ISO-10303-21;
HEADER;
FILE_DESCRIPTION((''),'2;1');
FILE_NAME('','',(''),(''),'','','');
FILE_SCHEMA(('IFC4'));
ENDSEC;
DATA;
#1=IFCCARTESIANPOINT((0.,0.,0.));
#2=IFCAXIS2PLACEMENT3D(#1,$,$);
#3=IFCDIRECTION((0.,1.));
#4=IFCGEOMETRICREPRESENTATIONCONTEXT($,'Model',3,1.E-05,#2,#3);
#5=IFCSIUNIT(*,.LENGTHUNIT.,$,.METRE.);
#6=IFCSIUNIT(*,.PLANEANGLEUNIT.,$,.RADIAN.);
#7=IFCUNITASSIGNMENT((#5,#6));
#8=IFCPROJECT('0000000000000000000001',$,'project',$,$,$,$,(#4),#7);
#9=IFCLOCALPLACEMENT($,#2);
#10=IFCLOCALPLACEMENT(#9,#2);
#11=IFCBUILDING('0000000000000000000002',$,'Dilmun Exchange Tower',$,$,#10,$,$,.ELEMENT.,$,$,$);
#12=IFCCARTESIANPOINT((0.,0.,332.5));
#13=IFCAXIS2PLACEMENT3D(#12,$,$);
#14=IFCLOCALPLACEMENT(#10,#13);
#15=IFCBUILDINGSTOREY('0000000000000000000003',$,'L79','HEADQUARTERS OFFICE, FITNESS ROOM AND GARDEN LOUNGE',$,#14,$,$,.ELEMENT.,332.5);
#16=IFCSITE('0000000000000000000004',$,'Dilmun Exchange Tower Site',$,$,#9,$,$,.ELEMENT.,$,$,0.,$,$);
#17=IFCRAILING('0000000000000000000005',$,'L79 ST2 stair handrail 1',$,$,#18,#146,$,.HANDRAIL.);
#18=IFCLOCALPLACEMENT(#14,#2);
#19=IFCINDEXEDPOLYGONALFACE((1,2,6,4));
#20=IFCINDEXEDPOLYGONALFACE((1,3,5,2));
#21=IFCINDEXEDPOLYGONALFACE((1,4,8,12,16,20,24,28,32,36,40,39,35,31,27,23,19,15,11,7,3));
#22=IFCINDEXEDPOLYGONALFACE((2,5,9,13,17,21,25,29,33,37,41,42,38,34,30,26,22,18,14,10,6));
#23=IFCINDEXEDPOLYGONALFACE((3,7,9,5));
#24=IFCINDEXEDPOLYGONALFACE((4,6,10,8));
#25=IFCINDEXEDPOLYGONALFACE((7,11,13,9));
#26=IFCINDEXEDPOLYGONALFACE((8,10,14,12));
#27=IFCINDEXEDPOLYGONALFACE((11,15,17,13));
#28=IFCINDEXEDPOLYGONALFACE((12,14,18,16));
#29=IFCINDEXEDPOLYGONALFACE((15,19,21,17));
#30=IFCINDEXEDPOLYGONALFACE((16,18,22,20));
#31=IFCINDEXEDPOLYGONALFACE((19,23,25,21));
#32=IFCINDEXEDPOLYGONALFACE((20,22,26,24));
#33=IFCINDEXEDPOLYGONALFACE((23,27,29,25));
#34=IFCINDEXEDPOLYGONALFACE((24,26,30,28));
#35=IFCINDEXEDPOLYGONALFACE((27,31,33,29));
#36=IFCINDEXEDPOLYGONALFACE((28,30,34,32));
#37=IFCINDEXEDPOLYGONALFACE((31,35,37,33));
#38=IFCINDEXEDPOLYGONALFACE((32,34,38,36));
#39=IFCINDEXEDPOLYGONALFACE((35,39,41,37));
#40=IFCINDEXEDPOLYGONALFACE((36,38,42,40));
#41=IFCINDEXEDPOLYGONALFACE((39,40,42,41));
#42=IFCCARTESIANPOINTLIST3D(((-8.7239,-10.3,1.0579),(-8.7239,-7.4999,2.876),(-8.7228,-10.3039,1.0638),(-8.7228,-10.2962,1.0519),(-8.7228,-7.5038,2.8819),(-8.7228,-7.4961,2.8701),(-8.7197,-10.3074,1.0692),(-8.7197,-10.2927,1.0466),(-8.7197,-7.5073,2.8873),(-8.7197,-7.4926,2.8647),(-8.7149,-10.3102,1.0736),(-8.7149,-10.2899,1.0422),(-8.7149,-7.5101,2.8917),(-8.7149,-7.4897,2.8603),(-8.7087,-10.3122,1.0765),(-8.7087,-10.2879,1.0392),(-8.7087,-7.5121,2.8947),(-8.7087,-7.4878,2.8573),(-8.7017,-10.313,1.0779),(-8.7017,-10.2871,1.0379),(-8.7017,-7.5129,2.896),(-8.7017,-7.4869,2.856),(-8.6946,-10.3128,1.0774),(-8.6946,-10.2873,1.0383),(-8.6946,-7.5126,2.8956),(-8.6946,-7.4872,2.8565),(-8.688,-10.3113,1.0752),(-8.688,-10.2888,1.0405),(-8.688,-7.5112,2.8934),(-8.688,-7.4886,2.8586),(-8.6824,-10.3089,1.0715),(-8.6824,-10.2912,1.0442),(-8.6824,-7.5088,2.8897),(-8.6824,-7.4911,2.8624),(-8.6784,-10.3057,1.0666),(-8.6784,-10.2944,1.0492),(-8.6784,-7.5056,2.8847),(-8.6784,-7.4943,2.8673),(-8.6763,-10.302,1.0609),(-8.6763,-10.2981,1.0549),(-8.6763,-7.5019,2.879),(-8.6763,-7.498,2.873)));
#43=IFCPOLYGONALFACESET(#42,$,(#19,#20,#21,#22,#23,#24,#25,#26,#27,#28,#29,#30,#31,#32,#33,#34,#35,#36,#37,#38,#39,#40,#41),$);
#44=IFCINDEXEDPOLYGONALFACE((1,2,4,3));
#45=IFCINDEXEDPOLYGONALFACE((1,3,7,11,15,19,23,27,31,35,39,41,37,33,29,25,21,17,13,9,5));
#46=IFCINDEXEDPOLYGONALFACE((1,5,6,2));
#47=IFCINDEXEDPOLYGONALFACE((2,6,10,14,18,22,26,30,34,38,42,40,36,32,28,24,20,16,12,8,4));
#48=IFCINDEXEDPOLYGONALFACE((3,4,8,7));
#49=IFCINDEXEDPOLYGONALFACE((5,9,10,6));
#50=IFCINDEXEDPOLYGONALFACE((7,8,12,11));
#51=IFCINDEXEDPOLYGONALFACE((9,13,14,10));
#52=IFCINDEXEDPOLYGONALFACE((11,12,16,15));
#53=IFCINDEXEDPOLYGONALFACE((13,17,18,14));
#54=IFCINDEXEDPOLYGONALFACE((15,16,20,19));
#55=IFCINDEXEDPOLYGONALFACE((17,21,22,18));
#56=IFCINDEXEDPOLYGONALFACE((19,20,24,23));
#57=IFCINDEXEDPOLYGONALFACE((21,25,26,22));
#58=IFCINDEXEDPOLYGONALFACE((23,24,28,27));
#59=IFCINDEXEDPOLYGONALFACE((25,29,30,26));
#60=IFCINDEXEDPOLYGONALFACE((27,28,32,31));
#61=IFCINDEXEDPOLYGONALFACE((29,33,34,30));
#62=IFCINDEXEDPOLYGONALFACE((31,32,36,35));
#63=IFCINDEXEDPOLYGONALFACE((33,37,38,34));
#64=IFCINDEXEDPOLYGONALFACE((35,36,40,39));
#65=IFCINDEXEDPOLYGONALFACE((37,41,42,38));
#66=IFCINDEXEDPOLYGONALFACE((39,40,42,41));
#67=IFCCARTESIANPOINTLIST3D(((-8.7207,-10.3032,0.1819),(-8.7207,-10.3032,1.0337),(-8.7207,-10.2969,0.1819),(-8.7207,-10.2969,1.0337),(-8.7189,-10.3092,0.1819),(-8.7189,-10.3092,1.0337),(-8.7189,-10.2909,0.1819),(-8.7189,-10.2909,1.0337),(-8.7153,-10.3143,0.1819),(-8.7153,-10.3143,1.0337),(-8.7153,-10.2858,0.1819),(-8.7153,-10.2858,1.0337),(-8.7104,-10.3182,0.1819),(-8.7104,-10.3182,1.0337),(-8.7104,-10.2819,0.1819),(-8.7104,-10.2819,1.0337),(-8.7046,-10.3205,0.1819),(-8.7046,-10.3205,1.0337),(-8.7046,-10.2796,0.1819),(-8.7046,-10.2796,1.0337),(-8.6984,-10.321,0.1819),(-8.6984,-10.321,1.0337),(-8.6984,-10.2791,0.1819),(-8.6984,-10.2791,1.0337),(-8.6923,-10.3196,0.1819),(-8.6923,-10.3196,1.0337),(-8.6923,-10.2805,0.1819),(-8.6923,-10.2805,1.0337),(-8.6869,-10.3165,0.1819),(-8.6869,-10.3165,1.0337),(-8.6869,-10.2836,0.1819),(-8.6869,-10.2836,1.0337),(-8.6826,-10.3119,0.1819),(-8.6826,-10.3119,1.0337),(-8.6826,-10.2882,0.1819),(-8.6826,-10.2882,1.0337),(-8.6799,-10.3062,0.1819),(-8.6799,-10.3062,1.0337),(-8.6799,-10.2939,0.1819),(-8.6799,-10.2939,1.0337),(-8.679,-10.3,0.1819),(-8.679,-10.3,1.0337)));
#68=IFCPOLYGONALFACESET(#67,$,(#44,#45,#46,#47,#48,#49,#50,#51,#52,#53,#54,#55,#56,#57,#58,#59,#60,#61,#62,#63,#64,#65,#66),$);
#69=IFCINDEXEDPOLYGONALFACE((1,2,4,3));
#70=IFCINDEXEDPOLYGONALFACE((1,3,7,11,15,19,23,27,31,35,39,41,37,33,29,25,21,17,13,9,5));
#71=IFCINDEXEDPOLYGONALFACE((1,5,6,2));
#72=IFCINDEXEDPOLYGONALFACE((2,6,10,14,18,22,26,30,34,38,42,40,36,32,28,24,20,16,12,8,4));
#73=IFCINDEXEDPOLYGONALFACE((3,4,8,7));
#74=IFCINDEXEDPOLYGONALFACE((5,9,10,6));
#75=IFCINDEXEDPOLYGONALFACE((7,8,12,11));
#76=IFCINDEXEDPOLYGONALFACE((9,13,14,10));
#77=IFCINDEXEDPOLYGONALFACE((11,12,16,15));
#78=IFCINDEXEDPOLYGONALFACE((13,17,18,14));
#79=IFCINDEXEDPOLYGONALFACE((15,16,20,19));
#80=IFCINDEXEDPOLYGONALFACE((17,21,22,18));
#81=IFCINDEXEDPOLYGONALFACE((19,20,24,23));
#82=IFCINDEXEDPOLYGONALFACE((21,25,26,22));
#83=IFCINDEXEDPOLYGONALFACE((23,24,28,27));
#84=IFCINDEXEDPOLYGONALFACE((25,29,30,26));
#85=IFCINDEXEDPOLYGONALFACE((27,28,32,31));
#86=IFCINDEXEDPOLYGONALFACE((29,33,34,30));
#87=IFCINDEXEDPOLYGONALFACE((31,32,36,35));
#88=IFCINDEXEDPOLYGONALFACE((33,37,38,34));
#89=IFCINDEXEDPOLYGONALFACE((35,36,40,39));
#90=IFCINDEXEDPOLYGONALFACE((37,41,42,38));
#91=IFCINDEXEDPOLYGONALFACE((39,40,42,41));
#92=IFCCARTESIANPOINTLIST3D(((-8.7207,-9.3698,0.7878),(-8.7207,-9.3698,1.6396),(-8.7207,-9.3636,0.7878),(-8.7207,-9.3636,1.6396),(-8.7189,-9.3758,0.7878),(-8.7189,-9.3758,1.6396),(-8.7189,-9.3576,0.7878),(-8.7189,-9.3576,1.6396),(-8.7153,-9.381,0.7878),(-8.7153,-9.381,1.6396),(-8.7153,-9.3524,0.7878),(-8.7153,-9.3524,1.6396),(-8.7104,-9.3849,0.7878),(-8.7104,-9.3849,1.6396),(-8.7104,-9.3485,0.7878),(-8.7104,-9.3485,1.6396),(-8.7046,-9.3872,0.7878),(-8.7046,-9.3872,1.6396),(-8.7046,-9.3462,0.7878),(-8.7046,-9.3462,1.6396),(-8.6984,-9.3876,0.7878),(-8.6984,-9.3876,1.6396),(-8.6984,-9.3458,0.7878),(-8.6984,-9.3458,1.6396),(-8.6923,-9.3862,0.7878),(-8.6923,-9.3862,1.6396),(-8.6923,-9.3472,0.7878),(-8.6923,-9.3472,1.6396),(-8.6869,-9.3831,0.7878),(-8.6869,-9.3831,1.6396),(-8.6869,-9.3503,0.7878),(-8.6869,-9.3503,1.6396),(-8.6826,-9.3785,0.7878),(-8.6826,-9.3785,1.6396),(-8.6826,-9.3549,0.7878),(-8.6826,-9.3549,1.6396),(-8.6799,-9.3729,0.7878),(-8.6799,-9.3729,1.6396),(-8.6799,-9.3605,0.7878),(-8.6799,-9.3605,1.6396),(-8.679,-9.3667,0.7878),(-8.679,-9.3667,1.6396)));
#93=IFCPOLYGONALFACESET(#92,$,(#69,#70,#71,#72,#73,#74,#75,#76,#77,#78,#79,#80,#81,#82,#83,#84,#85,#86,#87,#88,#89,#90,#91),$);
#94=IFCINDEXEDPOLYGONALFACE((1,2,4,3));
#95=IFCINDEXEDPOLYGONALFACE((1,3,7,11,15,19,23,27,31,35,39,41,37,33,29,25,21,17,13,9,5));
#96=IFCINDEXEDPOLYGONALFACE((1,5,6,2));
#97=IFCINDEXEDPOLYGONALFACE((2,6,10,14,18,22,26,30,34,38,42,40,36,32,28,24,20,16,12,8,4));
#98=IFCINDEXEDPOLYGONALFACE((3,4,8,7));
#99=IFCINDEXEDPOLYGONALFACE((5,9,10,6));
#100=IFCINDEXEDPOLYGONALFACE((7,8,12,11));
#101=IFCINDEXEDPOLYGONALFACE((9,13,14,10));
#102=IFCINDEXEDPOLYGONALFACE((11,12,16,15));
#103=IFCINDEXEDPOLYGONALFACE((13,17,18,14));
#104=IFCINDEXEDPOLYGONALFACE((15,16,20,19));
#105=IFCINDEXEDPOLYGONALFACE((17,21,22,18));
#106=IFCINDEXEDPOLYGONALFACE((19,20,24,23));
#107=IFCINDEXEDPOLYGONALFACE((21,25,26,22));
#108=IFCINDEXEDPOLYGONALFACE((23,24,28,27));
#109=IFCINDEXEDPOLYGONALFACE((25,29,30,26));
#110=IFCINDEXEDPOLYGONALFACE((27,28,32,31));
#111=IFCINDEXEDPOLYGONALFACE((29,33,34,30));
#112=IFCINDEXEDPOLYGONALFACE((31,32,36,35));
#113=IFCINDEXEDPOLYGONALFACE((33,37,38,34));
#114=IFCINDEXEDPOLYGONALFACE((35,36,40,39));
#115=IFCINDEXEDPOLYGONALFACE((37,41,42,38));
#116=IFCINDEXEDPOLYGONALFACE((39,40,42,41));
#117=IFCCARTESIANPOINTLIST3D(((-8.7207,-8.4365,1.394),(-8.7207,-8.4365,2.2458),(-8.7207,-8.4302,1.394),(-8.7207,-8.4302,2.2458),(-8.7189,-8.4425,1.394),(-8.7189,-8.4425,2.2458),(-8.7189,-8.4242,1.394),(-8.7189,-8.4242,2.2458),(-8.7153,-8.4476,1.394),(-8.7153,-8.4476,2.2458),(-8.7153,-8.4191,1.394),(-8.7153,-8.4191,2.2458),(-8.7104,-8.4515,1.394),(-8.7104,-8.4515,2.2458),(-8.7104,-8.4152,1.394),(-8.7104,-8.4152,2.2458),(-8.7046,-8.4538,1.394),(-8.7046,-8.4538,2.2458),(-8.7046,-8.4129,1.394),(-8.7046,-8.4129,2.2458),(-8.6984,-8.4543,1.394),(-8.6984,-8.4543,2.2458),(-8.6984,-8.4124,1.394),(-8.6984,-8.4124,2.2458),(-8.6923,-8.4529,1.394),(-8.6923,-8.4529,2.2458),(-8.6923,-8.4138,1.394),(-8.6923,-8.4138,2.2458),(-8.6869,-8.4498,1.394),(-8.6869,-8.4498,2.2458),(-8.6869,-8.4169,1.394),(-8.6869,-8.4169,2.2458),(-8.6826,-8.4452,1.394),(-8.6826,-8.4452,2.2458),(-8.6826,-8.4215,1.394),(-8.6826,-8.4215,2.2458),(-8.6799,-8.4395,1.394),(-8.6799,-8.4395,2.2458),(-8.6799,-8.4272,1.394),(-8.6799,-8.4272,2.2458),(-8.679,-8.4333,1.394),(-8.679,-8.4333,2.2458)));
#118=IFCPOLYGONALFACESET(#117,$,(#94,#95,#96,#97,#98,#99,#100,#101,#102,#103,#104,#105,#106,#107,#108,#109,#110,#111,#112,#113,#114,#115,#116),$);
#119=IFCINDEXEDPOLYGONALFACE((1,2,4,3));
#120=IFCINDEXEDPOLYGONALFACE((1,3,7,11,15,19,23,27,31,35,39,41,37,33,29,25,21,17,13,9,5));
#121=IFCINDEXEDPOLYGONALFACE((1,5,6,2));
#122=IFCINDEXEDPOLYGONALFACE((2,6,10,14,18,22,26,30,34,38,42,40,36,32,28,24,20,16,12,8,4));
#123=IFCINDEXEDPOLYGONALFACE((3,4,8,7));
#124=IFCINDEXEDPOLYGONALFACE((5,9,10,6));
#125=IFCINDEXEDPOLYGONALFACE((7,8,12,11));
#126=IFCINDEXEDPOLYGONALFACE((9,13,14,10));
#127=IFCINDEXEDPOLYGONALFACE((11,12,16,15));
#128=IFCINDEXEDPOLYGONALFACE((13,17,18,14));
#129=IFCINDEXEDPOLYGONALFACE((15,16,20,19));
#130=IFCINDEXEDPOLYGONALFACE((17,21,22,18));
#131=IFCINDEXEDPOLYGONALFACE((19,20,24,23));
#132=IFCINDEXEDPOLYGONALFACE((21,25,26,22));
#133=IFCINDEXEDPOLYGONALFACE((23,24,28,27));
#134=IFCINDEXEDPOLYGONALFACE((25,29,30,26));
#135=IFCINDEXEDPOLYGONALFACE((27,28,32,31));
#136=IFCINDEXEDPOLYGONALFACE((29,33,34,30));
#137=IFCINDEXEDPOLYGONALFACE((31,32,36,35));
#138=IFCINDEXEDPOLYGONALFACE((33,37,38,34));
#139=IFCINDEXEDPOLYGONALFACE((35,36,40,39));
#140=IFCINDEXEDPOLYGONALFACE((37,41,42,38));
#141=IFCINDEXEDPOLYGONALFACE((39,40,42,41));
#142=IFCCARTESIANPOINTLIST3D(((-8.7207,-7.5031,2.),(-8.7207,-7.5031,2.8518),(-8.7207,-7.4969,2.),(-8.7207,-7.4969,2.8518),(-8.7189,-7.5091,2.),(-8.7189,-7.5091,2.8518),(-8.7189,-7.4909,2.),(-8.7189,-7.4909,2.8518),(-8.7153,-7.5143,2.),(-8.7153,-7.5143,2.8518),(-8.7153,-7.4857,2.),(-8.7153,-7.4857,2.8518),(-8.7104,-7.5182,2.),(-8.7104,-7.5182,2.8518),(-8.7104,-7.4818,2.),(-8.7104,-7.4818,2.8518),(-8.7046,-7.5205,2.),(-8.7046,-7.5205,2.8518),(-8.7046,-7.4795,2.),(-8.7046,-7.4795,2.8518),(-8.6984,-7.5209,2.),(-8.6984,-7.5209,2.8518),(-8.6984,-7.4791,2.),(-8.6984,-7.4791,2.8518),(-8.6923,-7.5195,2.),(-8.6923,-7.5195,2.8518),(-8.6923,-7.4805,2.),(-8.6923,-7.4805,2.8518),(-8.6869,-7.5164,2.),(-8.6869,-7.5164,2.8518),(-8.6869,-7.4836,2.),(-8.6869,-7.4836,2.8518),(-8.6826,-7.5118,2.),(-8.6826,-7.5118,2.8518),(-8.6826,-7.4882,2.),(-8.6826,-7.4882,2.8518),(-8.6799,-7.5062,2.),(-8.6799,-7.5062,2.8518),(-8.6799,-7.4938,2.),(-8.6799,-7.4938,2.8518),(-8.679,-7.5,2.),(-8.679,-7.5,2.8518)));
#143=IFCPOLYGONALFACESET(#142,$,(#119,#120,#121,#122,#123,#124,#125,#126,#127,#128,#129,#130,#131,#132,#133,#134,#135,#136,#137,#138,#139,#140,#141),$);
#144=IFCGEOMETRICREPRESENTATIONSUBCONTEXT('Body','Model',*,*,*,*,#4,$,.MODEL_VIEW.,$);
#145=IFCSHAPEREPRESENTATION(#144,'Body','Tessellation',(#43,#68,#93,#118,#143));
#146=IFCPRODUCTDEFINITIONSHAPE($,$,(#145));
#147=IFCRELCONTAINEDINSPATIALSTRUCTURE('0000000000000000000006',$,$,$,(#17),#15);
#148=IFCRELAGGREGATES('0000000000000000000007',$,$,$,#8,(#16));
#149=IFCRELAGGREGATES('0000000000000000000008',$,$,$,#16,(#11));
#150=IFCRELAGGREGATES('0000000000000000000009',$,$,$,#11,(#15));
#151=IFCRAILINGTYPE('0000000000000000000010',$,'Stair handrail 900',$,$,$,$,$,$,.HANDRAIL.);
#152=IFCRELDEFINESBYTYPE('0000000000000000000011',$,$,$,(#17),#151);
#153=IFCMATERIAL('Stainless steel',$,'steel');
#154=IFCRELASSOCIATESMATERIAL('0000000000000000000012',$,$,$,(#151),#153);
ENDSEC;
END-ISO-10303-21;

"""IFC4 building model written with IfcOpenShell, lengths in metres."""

from ifc_helpers import new_model, si_unit, direction, frame, origin, origin_2d, place, context, subcontext, project, spatial, circle, extrude, material, type_object, element, save


model = new_model("IFC4")

# Units and contexts
model_context = context("Model", 3, precision=1e-05, world=origin(), true_north=direction((0.0, 1.0)))
body_context = subcontext(model_context, "Body", "Model", "MODEL_VIEW")
ifc_project = project(units=[si_unit("LENGTHUNIT", "METRE"), si_unit("PLANEANGLEUNIT", "RADIAN")], contexts=[model_context])

# Site, building, storey
site_placement = place(None, origin())
site = spatial("IfcSite", under=ifc_project, at=site_placement, Name="Dilmun Exchange Tower Site", CompositionType="ELEMENT", RefElevation=0.0)
building_placement = place(site_placement, origin())
building = spatial("IfcBuilding", under=site, at=building_placement, Name="Dilmun Exchange Tower", CompositionType="ELEMENT")
storey_placement = place(building_placement, frame((0.0, 0.0, 332.5)))
storey = spatial("IfcBuildingStorey", under=building, at=storey_placement, Name="L79", Description="HEADQUARTERS OFFICE, FITNESS ROOM AND GARDEN LOUNGE", CompositionType="ELEMENT", Elevation=332.5)

# Railing
ifc_material_1 = material(Name="Stainless steel", Category="steel")
railing_type = type_object("IfcRailingType", Name="Stair handrail 900", PredefinedType="HANDRAIL", material=ifc_material_1)
railing_placement = place(storey_placement, frame((-8.7, -10.3, 0.1819)))
element("IfcRailing", 1, at=railing_placement, inside=storey, type_object=railing_type, Name="L79 ST2 stair handrail 1", PredefinedType="HANDRAIL", context=body_context, shape_type="SweptSolid", body=[
    extrude(circle(Radius=0.0239, at=origin_2d()), frame((0.0, 0.0, 0.876), z_axis=(0.0, 0.838706, 0.544585), x_axis=(-1.0, 0.0, 0.0)), (0.0, 0.0, 1.0), 3.3386),
    extrude(circle(Radius=0.021, at=origin_2d()), origin(), (0.0, 0.0, 1.0), 0.8518),
    extrude(circle(Radius=0.021, at=origin_2d()), frame((0.0, 0.9333, 0.606)), (0.0, 0.0, 1.0), 0.8518),
    extrude(circle(Radius=0.021, at=origin_2d()), frame((0.0, 1.8667, 1.2122)), (0.0, 0.0, 1.0), 0.8518),
    extrude(circle(Radius=0.021, at=origin_2d()), frame((0.0, 2.8, 1.8181)), (0.0, 0.0, 1.0), 0.8518),
])

save(model, "model.ifc")
